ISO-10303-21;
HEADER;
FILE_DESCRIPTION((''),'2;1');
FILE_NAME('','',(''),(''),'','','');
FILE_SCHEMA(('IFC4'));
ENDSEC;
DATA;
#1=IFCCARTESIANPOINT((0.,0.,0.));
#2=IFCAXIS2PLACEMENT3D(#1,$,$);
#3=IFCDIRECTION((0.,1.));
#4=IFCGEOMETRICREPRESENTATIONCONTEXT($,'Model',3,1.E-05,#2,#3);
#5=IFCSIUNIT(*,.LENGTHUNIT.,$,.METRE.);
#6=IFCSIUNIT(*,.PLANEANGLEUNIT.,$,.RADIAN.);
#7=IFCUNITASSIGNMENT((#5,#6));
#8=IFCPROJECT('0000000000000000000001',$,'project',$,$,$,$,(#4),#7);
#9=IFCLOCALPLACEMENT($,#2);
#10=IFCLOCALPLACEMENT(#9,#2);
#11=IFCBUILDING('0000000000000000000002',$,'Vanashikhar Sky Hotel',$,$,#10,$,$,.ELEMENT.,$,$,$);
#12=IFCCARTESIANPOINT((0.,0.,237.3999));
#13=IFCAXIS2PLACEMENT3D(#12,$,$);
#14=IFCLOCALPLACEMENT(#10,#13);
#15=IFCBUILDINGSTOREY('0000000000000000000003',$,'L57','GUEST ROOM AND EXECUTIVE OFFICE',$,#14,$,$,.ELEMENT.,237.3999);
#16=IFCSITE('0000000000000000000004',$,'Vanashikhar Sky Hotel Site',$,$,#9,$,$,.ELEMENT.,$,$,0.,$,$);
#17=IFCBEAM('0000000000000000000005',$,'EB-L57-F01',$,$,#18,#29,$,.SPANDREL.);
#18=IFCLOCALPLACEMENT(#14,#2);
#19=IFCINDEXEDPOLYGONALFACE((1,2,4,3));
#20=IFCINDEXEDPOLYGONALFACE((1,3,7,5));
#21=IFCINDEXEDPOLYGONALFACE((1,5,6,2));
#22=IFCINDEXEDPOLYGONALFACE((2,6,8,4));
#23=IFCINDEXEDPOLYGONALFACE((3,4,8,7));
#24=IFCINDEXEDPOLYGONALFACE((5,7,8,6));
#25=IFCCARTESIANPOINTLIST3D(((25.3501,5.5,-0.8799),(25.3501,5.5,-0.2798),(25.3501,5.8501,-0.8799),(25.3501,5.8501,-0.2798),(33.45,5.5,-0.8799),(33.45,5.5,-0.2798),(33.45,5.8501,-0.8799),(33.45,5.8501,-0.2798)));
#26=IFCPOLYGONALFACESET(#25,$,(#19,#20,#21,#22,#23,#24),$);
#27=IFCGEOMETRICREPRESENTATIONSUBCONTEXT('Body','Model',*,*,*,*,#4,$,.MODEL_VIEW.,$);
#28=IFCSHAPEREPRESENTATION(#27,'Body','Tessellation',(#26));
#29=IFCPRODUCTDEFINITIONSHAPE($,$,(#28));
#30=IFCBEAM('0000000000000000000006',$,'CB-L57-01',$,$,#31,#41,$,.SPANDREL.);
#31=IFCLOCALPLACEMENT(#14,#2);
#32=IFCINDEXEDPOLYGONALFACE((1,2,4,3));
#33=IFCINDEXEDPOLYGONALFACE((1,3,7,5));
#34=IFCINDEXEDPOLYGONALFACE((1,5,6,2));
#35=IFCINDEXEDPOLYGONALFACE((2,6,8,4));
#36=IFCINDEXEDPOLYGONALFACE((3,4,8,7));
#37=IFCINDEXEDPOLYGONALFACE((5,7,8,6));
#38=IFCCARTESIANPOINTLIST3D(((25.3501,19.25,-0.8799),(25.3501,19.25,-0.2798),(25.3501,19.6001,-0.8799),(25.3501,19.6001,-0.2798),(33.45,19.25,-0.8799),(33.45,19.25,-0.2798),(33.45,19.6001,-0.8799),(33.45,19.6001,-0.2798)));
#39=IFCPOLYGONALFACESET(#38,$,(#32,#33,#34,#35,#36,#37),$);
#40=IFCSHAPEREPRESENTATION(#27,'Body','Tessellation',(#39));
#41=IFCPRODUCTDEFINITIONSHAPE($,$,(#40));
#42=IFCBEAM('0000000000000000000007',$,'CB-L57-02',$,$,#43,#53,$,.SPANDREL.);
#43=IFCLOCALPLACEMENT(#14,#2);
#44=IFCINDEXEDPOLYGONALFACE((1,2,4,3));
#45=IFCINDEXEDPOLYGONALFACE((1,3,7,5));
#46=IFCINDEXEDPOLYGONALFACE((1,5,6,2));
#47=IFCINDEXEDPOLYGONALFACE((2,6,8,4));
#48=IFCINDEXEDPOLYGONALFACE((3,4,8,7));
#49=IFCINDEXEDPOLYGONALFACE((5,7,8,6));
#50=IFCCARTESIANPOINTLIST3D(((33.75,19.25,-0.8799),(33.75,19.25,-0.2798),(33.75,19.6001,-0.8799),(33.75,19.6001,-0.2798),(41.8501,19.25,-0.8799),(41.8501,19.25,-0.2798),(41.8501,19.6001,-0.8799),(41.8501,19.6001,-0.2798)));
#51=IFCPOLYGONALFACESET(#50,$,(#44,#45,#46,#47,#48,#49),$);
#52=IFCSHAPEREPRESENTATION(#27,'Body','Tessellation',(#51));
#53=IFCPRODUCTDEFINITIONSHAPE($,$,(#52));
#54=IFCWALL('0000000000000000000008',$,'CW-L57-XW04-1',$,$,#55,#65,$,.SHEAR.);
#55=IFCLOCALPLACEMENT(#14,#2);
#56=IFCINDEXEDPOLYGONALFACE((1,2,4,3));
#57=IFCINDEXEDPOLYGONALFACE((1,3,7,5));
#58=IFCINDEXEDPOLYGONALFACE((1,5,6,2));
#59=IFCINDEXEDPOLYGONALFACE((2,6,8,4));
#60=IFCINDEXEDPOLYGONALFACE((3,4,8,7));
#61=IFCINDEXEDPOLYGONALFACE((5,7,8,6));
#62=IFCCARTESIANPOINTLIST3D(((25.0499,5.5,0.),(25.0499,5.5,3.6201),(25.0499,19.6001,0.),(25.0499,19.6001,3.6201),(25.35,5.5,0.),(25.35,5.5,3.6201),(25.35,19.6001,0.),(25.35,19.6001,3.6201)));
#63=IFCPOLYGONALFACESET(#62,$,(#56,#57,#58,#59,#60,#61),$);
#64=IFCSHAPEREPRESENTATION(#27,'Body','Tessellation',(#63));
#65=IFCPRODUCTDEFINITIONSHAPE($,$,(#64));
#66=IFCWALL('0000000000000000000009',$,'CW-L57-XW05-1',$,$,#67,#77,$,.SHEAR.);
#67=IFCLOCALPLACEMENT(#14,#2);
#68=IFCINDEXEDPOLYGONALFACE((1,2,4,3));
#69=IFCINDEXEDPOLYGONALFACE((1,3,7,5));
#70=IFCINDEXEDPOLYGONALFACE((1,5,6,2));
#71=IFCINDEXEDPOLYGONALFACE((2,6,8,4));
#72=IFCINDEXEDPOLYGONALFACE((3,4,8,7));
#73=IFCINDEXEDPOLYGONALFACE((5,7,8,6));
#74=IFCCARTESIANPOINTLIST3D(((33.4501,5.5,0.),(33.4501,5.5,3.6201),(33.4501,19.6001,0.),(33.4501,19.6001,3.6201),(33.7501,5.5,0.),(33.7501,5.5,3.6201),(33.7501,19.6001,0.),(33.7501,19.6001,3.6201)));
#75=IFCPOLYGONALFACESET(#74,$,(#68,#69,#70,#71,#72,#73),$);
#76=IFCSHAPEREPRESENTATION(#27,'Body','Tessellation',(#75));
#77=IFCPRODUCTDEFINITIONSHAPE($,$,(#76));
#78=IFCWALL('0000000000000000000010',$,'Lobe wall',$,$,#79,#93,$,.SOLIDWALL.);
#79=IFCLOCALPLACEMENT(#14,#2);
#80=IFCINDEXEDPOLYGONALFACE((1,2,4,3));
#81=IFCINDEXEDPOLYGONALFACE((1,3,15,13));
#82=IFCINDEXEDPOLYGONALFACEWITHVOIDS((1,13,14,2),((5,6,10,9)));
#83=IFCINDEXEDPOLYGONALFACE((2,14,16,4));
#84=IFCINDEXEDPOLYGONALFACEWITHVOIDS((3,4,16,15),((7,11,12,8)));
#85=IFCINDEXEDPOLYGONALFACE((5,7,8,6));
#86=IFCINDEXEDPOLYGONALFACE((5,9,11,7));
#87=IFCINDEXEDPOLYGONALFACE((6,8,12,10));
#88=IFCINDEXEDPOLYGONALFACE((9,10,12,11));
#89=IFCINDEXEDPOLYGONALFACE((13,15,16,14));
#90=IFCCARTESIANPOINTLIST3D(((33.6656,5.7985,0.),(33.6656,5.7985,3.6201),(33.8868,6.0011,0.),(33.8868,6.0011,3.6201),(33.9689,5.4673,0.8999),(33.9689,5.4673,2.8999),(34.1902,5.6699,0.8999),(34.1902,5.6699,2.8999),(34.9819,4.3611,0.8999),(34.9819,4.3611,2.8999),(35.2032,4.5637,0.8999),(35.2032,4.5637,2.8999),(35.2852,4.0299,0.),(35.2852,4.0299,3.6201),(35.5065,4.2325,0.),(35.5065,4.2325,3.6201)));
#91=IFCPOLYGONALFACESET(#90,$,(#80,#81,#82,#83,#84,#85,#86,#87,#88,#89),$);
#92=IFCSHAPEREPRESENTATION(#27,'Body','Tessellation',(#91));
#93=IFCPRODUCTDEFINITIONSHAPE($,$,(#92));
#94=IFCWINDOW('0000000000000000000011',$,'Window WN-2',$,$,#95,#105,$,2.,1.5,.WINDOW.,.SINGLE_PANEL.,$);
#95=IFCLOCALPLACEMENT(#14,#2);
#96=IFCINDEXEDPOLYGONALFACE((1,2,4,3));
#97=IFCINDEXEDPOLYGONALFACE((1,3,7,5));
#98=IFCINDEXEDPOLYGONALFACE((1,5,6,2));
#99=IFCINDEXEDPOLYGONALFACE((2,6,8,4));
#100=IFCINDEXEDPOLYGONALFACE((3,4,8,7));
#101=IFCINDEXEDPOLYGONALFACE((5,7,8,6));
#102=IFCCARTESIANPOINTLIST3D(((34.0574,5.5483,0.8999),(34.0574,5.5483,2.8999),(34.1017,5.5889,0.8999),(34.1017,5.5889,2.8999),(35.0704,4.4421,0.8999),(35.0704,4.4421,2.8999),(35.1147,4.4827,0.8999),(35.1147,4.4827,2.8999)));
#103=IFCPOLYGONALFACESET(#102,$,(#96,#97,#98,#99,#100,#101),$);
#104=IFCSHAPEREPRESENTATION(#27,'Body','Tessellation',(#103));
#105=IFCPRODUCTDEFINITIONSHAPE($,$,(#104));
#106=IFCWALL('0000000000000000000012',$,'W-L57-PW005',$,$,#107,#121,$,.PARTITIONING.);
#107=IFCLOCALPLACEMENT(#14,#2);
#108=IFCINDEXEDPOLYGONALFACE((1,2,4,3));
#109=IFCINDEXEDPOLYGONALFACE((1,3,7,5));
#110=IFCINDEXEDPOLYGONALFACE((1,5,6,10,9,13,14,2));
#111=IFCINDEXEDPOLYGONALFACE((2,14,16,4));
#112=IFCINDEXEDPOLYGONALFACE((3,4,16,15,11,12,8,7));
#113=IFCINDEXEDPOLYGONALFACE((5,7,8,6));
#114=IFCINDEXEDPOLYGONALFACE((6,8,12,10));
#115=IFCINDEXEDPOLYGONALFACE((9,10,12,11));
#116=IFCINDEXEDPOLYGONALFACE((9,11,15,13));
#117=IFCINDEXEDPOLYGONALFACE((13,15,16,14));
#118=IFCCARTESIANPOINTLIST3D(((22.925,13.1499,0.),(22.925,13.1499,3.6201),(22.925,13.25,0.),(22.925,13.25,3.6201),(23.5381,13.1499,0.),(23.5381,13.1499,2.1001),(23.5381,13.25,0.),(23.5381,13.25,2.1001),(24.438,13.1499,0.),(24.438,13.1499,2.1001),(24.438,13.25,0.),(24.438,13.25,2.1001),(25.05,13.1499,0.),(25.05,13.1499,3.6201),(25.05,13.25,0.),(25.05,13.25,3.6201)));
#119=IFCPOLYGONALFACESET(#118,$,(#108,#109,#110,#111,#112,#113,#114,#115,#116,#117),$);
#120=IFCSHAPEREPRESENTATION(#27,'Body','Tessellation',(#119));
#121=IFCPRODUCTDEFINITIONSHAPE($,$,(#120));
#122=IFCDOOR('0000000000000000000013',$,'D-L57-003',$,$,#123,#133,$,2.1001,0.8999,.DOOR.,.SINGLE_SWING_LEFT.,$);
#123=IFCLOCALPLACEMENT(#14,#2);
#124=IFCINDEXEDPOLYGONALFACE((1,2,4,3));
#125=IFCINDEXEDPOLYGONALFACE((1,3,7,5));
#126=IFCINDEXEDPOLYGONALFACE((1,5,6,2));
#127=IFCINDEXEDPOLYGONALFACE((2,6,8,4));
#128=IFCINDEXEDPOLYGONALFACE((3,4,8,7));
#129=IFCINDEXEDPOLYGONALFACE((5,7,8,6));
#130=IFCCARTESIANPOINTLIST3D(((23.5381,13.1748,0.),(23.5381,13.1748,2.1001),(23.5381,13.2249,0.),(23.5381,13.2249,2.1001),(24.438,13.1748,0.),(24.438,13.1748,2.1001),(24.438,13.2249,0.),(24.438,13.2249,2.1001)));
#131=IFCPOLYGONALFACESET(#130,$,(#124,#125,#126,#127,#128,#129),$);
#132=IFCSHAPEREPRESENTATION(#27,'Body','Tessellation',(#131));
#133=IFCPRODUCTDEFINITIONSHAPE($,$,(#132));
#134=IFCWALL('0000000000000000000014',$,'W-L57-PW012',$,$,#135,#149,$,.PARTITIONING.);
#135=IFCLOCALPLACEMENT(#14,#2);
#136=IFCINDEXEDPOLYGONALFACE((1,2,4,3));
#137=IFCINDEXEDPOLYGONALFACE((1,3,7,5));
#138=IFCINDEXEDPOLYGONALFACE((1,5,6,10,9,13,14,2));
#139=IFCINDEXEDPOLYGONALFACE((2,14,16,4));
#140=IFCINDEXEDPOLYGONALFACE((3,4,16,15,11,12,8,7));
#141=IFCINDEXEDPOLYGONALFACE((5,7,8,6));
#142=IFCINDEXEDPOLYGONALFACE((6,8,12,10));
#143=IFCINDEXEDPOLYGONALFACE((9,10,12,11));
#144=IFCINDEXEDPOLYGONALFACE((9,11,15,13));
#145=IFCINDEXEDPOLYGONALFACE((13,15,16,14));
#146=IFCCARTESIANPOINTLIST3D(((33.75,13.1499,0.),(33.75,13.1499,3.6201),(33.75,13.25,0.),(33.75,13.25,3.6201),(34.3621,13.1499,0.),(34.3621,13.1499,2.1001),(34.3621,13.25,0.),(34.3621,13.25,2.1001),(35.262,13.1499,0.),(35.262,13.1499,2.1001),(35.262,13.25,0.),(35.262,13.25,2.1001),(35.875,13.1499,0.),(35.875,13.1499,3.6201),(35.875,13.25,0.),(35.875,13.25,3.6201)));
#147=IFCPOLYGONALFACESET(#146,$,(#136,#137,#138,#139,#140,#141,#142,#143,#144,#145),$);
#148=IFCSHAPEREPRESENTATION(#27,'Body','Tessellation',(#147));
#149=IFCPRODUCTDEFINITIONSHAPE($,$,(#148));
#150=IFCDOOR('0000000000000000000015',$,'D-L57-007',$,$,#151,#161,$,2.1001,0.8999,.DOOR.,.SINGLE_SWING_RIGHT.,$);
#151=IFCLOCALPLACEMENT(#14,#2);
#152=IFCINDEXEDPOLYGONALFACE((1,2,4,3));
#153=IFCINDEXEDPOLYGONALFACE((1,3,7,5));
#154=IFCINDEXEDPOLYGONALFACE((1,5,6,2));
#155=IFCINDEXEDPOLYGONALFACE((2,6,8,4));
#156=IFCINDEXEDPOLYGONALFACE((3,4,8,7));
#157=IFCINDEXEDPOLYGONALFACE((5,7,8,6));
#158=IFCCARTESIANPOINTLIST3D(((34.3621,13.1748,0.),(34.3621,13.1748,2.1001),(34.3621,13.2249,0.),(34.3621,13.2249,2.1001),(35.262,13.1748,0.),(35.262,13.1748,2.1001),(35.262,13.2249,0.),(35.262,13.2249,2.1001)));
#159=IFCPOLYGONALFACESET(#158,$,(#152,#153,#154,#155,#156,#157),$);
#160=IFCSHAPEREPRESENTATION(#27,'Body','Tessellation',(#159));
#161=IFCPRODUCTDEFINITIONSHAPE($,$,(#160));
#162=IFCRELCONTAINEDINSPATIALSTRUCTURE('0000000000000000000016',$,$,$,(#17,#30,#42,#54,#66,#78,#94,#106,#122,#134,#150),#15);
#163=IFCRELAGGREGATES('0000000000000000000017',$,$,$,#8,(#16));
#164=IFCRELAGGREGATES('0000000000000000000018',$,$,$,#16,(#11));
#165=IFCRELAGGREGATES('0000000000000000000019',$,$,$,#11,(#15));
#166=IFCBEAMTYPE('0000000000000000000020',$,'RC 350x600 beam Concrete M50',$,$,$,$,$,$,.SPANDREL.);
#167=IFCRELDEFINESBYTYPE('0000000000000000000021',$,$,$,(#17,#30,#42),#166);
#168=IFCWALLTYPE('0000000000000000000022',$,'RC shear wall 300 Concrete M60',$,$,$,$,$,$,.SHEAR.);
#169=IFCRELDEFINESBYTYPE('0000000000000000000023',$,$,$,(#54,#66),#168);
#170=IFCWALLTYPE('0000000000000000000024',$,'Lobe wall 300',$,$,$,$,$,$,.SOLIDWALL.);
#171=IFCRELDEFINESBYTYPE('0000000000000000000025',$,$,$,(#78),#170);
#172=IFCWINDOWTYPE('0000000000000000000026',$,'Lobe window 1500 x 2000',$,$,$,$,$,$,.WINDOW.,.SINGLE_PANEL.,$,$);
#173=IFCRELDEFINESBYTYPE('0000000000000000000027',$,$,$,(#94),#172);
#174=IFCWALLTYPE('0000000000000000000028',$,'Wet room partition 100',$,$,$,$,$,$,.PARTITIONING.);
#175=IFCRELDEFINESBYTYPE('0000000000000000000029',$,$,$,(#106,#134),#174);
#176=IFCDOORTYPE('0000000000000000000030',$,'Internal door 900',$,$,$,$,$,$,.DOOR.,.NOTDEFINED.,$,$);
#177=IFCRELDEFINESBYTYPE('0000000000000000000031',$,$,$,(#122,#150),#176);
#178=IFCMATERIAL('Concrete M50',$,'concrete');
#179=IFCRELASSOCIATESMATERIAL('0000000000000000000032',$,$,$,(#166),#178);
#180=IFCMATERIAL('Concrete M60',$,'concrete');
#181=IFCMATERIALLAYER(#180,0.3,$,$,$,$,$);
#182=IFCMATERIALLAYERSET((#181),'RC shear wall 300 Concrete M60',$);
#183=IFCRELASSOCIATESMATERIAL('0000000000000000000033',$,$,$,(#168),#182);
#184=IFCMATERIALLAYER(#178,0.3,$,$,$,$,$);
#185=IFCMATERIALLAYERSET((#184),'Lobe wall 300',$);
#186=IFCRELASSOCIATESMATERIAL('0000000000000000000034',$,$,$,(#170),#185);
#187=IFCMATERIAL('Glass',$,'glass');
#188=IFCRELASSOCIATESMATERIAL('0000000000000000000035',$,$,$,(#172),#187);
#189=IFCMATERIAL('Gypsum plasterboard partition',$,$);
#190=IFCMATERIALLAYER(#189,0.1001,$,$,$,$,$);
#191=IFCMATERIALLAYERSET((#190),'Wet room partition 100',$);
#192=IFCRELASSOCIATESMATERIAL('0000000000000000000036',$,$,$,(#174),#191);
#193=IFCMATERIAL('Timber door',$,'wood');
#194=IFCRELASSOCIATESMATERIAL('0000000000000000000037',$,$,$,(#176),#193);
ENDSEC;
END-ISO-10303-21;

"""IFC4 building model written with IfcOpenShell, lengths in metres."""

from ifc_helpers import new_model, si_unit, direction, frame, frame_2d, origin, origin_2d, place, context, subcontext, project, spatial, rectangle, extrude, source, transform, mapped, material, layer, layer_set, material_profile, profile_set, type_object, element, fill, save


model = new_model("IFC4")

# Units and contexts
model_context = context("Model", 3, precision=1e-05, world=origin(), true_north=direction((0.0, 1.0)))
body_context = subcontext(model_context, "Body", "Model", "MODEL_VIEW")
ifc_project = project(units=[si_unit("LENGTHUNIT", "METRE"), si_unit("PLANEANGLEUNIT", "RADIAN")], contexts=[model_context])

# Site, building, storey
site_placement = place(None, origin())
site = spatial("IfcSite", under=ifc_project, at=site_placement, Name="Vanashikhar Sky Hotel Site", CompositionType="ELEMENT", RefElevation=0.0)
building_placement = place(site_placement, origin())
building = spatial("IfcBuilding", under=site, at=building_placement, Name="Vanashikhar Sky Hotel", CompositionType="ELEMENT")
storey_placement = place(building_placement, frame((0.0, 0.0, 237.3999)))
storey = spatial("IfcBuildingStorey", under=building, at=storey_placement, Name="L57", Description="GUEST ROOM AND EXECUTIVE OFFICE", CompositionType="ELEMENT", Elevation=237.3999)

# Beams
ifc_material_1 = material(Name="Concrete M50", Category="concrete")
ifc_material_profile = material_profile(ifc_material_1, rectangle(XDim=0.3501, YDim=0.6001, at=origin_2d()))
ifc_profile_set = profile_set([ifc_material_profile], Name="RC 350x600 beam Concrete M50")
beam_type = type_object("IfcBeamType", Name="RC 350x600 beam Concrete M50", PredefinedType="SPANDREL", material=ifc_profile_set)
shared_shape_1 = source(origin(), body_context, "Body", "SweptSolid", [
    extrude(rectangle(XDim=0.3501, YDim=0.6001, at=origin_2d()), origin(), (0.0, 0.0, 1.0), 8.0999),
])
for number, where, z_axis, x_axis, name in (
    (1, (25.3501, 5.675, -0.5798), (1.0, 0.0, 0.0), (0.0, 1.0, 0.0), "EB-L57-F01"),
    (2, (25.3501, 19.425, -0.5798), (1.0, 0.0, 0.0), (0.0, 1.0, 0.0), "CB-L57-01"),
):
    element("IfcBeam", number, at=place(storey_placement, frame(where, z_axis=z_axis, x_axis=x_axis)), inside=storey, type_object=beam_type, Name=name, PredefinedType="SPANDREL", context=body_context, shape_type="MappedRepresentation", body=[
        mapped(shared_shape_1, transform((0.0, 0.0, 0.0), scale=1.0)),
    ])
shared_shape_2 = source(origin(), body_context, "Body", "SweptSolid", [
    extrude(rectangle(XDim=0.3501, YDim=0.6001, at=origin_2d()), origin(), (0.0, 0.0, 1.0), 8.1001),
])
beam_placement = place(storey_placement, frame((33.75, 19.425, -0.5798), z_axis=(1.0, 0.0, 0.0), x_axis=(0.0, 1.0, 0.0)))
element("IfcBeam", 3, at=beam_placement, inside=storey, type_object=beam_type, Name="CB-L57-02", PredefinedType="SPANDREL", context=body_context, shape_type="MappedRepresentation", body=[
    mapped(shared_shape_2, transform((0.0, 0.0, 0.0), scale=1.0)),
])

# Walls
ifc_material_2 = material(Name="Concrete M60", Category="concrete")
ifc_layer_1 = layer(ifc_material_2, 0.3)
ifc_layer_set_1 = layer_set([ifc_layer_1], Name="RC shear wall 300 Concrete M60")
wall_type_1 = type_object("IfcWallType", Name="RC shear wall 300 Concrete M60", PredefinedType="SHEAR", material=ifc_layer_set_1)
shared_shape_3 = source(origin(), body_context, "Body", "SweptSolid", [
    extrude(rectangle(XDim=14.1001, YDim=0.3, at=frame_2d((7.05, 0.0))), origin(), (0.0, 0.0, 1.0), 3.6201),
])
for number, where, z_axis, x_axis, name in (
    (4, (25.2, 5.5, 0.0), (0.0, 0.0, 1.0), (0.0, 1.0, 0.0), "CW-L57-XW04-1"),
    (5, (33.6001, 5.5, 0.0), (0.0, 0.0, 1.0), (0.0, 1.0, 0.0), "CW-L57-XW05-1"),
):
    element("IfcWall", number, at=place(storey_placement, frame(where, z_axis=z_axis, x_axis=x_axis)), inside=storey, type_object=wall_type_1, Name=name, PredefinedType="SHEAR", context=body_context, shape_type="MappedRepresentation", body=[
        mapped(shared_shape_3, transform((0.0, 0.0, 0.0), scale=1.0)),
    ])

# Shared definitions
ifc_material_3 = material(Name="Glass", Category="glass")

# Wall, opening, window
ifc_layer_2 = layer(ifc_material_1, 0.3)
ifc_layer_set_2 = layer_set([ifc_layer_2], Name="Lobe wall 300")
wall_type_2 = type_object("IfcWallType", Name="Lobe wall 300", PredefinedType="SOLIDWALL", material=ifc_layer_set_2)
shared_shape_4 = source(origin(), body_context, "Body", "SweptSolid", [
    extrude(rectangle(XDim=2.3982, YDim=0.3, at=frame_2d((1.1992, 0.0))), origin(), (0.0, 0.0, 1.0), 3.6201),
])
wall_1_placement = place(storey_placement, frame((33.7761, 5.8999, 0.0), z_axis=(0.0, 0.0, 1.0), x_axis=(0.675374, -0.737475, 0.0)))
wall_1 = element("IfcWall", 6, at=wall_1_placement, inside=storey, type_object=wall_type_2, Name="Lobe wall", PredefinedType="SOLIDWALL", context=body_context, shape_type="MappedRepresentation", body=[
    mapped(shared_shape_4, transform((0.0, 0.0, 0.0), scale=1.0)),
])
shared_shape_5 = source(origin(), body_context, "Body", "SweptSolid", [
    extrude(rectangle(XDim=1.5, YDim=2.0, at=frame_2d((0.75, 1.0))), frame((0.0, 0.1602, 0.0), z_axis=(0.0, -1.0, 0.0), x_axis=(1.0, 0.0, 0.0)), (0.0, 0.0, 1.0), 0.3201),
])
opening_1_placement = place(wall_1_placement, frame((0.4492, 0.0, 0.8999)))
opening_1 = element("IfcOpeningElement", 7, at=opening_1_placement, cuts=wall_1, PredefinedType="OPENING", context=body_context, shape_type="MappedRepresentation", body=[
    mapped(shared_shape_5, transform((0.0, 0.0, 0.0), scale=1.0)),
])
window_type_1 = type_object("IfcWindowType", Name="Lobe window 1500 x 2000", PartitioningType="SINGLE_PANEL", PredefinedType="WINDOW", material=ifc_material_3)
shared_shape_6 = source(origin(), body_context, "Body", "SweptSolid", [
    extrude(rectangle(XDim=1.5, YDim=2.0, at=frame_2d((0.75, 1.0))), frame((0.0, 0.03, 0.0), z_axis=(0.0, -1.0, 0.0), x_axis=(1.0, 0.0, 0.0)), (0.0, 0.0, 1.0), 0.0601),
])
window_1_placement = place(opening_1_placement, origin())
window_1 = element("IfcWindow", 8, at=window_1_placement, inside=storey, type_object=window_type_1, Name="Window WN-2", OverallHeight=2.0, OverallWidth=1.5, PartitioningType="SINGLE_PANEL", PredefinedType="WINDOW", context=body_context, shape_type="MappedRepresentation", body=[
    mapped(shared_shape_6, transform((0.0, 0.0, 0.0), scale=1.0)),
])
fill(opening_1, window_1)

# Walls, openings, doors
ifc_material_4 = material(Name="Gypsum plasterboard partition")
ifc_layer_3 = layer(ifc_material_4, 0.1001)
ifc_layer_set_3 = layer_set([ifc_layer_3], Name="Wet room partition 100")
wall_type_3 = type_object("IfcWallType", Name="Wet room partition 100", PredefinedType="PARTITIONING", material=ifc_layer_set_3)
shared_shape_7 = source(origin(), body_context, "Body", "SweptSolid", [
    extrude(rectangle(XDim=2.125, YDim=0.1001, at=frame_2d((1.0625, 0.0))), origin(), (0.0, 0.0, 1.0), 3.6201),
])
wall_2_placement = place(storey_placement, frame((22.925, 13.2, 0.0), z_axis=(0.0, 0.0, 1.0), x_axis=(1.0, 0.0, 0.0)))
wall_2 = element("IfcWall", 9, at=wall_2_placement, inside=storey, type_object=wall_type_3, Name="W-L57-PW005", PredefinedType="PARTITIONING", context=body_context, shape_type="MappedRepresentation", body=[
    mapped(shared_shape_7, transform((0.0, 0.0, 0.0), scale=1.0)),
])
shared_shape_8 = source(origin(), body_context, "Body", "SweptSolid", [
    extrude(rectangle(XDim=0.8999, YDim=2.1001, at=frame_2d((0.45, 1.05))), frame((0.0, 0.0601, 0.0), z_axis=(0.0, -1.0, 0.0), x_axis=(1.0, 0.0, 0.0)), (0.0, 0.0, 1.0), 0.1201),
])
opening_2_placement = place(wall_2_placement, frame((0.613, 0.0, 0.0)))
opening_2 = element("IfcOpeningElement", 10, at=opening_2_placement, cuts=wall_2, PredefinedType="OPENING", context=body_context, shape_type="MappedRepresentation", body=[
    mapped(shared_shape_8, transform((0.0, 0.0, 0.0), scale=1.0)),
])
ifc_material_5 = material(Name="Timber door", Category="wood")
door_type_1 = type_object("IfcDoorType", Name="Internal door 900", OperationType="NOTDEFINED", PredefinedType="DOOR", material=ifc_material_5)
shared_shape_9 = source(origin(), body_context, "Body", "SweptSolid", [
    extrude(rectangle(XDim=0.8999, YDim=2.1001, at=frame_2d((0.45, 1.05))), frame((0.0, 0.0249, 0.0), z_axis=(0.0, -1.0, 0.0), x_axis=(1.0, 0.0, 0.0)), (0.0, 0.0, 1.0), 0.05),
])
door_1_placement = place(opening_2_placement, origin())
door_1 = element("IfcDoor", 11, at=door_1_placement, inside=storey, type_object=door_type_1, Name="D-L57-003", OperationType="SINGLE_SWING_LEFT", OverallHeight=2.1001, OverallWidth=0.8999, PredefinedType="DOOR", context=body_context, shape_type="MappedRepresentation", body=[
    mapped(shared_shape_9, transform((0.0, 0.0, 0.0), scale=1.0)),
])
fill(opening_2, door_1)
wall_3_placement = place(storey_placement, frame((33.75, 13.2, 0.0), z_axis=(0.0, 0.0, 1.0), x_axis=(1.0, 0.0, 0.0)))
wall_3 = element("IfcWall", 12, at=wall_3_placement, inside=storey, type_object=wall_type_3, Name="W-L57-PW012", PredefinedType="PARTITIONING", context=body_context, shape_type="MappedRepresentation", body=[
    mapped(shared_shape_7, transform((0.0, 0.0, 0.0), scale=1.0)),
])
opening_3_placement = place(wall_3_placement, frame((0.6121, 0.0, 0.0)))
opening_3 = element("IfcOpeningElement", 13, at=opening_3_placement, cuts=wall_3, PredefinedType="OPENING", context=body_context, shape_type="MappedRepresentation", body=[
    mapped(shared_shape_8, transform((0.0, 0.0, 0.0), scale=1.0)),
])
door_2_placement = place(opening_3_placement, origin())
door_2 = element("IfcDoor", 14, at=door_2_placement, inside=storey, type_object=door_type_1, Name="D-L57-007", OperationType="SINGLE_SWING_RIGHT", OverallHeight=2.1001, OverallWidth=0.8999, PredefinedType="DOOR", context=body_context, shape_type="MappedRepresentation", body=[
    mapped(shared_shape_9, transform((0.0, 0.0, 0.0), scale=1.0)),
])
fill(opening_3, door_2)

save(model, "model.ifc")
